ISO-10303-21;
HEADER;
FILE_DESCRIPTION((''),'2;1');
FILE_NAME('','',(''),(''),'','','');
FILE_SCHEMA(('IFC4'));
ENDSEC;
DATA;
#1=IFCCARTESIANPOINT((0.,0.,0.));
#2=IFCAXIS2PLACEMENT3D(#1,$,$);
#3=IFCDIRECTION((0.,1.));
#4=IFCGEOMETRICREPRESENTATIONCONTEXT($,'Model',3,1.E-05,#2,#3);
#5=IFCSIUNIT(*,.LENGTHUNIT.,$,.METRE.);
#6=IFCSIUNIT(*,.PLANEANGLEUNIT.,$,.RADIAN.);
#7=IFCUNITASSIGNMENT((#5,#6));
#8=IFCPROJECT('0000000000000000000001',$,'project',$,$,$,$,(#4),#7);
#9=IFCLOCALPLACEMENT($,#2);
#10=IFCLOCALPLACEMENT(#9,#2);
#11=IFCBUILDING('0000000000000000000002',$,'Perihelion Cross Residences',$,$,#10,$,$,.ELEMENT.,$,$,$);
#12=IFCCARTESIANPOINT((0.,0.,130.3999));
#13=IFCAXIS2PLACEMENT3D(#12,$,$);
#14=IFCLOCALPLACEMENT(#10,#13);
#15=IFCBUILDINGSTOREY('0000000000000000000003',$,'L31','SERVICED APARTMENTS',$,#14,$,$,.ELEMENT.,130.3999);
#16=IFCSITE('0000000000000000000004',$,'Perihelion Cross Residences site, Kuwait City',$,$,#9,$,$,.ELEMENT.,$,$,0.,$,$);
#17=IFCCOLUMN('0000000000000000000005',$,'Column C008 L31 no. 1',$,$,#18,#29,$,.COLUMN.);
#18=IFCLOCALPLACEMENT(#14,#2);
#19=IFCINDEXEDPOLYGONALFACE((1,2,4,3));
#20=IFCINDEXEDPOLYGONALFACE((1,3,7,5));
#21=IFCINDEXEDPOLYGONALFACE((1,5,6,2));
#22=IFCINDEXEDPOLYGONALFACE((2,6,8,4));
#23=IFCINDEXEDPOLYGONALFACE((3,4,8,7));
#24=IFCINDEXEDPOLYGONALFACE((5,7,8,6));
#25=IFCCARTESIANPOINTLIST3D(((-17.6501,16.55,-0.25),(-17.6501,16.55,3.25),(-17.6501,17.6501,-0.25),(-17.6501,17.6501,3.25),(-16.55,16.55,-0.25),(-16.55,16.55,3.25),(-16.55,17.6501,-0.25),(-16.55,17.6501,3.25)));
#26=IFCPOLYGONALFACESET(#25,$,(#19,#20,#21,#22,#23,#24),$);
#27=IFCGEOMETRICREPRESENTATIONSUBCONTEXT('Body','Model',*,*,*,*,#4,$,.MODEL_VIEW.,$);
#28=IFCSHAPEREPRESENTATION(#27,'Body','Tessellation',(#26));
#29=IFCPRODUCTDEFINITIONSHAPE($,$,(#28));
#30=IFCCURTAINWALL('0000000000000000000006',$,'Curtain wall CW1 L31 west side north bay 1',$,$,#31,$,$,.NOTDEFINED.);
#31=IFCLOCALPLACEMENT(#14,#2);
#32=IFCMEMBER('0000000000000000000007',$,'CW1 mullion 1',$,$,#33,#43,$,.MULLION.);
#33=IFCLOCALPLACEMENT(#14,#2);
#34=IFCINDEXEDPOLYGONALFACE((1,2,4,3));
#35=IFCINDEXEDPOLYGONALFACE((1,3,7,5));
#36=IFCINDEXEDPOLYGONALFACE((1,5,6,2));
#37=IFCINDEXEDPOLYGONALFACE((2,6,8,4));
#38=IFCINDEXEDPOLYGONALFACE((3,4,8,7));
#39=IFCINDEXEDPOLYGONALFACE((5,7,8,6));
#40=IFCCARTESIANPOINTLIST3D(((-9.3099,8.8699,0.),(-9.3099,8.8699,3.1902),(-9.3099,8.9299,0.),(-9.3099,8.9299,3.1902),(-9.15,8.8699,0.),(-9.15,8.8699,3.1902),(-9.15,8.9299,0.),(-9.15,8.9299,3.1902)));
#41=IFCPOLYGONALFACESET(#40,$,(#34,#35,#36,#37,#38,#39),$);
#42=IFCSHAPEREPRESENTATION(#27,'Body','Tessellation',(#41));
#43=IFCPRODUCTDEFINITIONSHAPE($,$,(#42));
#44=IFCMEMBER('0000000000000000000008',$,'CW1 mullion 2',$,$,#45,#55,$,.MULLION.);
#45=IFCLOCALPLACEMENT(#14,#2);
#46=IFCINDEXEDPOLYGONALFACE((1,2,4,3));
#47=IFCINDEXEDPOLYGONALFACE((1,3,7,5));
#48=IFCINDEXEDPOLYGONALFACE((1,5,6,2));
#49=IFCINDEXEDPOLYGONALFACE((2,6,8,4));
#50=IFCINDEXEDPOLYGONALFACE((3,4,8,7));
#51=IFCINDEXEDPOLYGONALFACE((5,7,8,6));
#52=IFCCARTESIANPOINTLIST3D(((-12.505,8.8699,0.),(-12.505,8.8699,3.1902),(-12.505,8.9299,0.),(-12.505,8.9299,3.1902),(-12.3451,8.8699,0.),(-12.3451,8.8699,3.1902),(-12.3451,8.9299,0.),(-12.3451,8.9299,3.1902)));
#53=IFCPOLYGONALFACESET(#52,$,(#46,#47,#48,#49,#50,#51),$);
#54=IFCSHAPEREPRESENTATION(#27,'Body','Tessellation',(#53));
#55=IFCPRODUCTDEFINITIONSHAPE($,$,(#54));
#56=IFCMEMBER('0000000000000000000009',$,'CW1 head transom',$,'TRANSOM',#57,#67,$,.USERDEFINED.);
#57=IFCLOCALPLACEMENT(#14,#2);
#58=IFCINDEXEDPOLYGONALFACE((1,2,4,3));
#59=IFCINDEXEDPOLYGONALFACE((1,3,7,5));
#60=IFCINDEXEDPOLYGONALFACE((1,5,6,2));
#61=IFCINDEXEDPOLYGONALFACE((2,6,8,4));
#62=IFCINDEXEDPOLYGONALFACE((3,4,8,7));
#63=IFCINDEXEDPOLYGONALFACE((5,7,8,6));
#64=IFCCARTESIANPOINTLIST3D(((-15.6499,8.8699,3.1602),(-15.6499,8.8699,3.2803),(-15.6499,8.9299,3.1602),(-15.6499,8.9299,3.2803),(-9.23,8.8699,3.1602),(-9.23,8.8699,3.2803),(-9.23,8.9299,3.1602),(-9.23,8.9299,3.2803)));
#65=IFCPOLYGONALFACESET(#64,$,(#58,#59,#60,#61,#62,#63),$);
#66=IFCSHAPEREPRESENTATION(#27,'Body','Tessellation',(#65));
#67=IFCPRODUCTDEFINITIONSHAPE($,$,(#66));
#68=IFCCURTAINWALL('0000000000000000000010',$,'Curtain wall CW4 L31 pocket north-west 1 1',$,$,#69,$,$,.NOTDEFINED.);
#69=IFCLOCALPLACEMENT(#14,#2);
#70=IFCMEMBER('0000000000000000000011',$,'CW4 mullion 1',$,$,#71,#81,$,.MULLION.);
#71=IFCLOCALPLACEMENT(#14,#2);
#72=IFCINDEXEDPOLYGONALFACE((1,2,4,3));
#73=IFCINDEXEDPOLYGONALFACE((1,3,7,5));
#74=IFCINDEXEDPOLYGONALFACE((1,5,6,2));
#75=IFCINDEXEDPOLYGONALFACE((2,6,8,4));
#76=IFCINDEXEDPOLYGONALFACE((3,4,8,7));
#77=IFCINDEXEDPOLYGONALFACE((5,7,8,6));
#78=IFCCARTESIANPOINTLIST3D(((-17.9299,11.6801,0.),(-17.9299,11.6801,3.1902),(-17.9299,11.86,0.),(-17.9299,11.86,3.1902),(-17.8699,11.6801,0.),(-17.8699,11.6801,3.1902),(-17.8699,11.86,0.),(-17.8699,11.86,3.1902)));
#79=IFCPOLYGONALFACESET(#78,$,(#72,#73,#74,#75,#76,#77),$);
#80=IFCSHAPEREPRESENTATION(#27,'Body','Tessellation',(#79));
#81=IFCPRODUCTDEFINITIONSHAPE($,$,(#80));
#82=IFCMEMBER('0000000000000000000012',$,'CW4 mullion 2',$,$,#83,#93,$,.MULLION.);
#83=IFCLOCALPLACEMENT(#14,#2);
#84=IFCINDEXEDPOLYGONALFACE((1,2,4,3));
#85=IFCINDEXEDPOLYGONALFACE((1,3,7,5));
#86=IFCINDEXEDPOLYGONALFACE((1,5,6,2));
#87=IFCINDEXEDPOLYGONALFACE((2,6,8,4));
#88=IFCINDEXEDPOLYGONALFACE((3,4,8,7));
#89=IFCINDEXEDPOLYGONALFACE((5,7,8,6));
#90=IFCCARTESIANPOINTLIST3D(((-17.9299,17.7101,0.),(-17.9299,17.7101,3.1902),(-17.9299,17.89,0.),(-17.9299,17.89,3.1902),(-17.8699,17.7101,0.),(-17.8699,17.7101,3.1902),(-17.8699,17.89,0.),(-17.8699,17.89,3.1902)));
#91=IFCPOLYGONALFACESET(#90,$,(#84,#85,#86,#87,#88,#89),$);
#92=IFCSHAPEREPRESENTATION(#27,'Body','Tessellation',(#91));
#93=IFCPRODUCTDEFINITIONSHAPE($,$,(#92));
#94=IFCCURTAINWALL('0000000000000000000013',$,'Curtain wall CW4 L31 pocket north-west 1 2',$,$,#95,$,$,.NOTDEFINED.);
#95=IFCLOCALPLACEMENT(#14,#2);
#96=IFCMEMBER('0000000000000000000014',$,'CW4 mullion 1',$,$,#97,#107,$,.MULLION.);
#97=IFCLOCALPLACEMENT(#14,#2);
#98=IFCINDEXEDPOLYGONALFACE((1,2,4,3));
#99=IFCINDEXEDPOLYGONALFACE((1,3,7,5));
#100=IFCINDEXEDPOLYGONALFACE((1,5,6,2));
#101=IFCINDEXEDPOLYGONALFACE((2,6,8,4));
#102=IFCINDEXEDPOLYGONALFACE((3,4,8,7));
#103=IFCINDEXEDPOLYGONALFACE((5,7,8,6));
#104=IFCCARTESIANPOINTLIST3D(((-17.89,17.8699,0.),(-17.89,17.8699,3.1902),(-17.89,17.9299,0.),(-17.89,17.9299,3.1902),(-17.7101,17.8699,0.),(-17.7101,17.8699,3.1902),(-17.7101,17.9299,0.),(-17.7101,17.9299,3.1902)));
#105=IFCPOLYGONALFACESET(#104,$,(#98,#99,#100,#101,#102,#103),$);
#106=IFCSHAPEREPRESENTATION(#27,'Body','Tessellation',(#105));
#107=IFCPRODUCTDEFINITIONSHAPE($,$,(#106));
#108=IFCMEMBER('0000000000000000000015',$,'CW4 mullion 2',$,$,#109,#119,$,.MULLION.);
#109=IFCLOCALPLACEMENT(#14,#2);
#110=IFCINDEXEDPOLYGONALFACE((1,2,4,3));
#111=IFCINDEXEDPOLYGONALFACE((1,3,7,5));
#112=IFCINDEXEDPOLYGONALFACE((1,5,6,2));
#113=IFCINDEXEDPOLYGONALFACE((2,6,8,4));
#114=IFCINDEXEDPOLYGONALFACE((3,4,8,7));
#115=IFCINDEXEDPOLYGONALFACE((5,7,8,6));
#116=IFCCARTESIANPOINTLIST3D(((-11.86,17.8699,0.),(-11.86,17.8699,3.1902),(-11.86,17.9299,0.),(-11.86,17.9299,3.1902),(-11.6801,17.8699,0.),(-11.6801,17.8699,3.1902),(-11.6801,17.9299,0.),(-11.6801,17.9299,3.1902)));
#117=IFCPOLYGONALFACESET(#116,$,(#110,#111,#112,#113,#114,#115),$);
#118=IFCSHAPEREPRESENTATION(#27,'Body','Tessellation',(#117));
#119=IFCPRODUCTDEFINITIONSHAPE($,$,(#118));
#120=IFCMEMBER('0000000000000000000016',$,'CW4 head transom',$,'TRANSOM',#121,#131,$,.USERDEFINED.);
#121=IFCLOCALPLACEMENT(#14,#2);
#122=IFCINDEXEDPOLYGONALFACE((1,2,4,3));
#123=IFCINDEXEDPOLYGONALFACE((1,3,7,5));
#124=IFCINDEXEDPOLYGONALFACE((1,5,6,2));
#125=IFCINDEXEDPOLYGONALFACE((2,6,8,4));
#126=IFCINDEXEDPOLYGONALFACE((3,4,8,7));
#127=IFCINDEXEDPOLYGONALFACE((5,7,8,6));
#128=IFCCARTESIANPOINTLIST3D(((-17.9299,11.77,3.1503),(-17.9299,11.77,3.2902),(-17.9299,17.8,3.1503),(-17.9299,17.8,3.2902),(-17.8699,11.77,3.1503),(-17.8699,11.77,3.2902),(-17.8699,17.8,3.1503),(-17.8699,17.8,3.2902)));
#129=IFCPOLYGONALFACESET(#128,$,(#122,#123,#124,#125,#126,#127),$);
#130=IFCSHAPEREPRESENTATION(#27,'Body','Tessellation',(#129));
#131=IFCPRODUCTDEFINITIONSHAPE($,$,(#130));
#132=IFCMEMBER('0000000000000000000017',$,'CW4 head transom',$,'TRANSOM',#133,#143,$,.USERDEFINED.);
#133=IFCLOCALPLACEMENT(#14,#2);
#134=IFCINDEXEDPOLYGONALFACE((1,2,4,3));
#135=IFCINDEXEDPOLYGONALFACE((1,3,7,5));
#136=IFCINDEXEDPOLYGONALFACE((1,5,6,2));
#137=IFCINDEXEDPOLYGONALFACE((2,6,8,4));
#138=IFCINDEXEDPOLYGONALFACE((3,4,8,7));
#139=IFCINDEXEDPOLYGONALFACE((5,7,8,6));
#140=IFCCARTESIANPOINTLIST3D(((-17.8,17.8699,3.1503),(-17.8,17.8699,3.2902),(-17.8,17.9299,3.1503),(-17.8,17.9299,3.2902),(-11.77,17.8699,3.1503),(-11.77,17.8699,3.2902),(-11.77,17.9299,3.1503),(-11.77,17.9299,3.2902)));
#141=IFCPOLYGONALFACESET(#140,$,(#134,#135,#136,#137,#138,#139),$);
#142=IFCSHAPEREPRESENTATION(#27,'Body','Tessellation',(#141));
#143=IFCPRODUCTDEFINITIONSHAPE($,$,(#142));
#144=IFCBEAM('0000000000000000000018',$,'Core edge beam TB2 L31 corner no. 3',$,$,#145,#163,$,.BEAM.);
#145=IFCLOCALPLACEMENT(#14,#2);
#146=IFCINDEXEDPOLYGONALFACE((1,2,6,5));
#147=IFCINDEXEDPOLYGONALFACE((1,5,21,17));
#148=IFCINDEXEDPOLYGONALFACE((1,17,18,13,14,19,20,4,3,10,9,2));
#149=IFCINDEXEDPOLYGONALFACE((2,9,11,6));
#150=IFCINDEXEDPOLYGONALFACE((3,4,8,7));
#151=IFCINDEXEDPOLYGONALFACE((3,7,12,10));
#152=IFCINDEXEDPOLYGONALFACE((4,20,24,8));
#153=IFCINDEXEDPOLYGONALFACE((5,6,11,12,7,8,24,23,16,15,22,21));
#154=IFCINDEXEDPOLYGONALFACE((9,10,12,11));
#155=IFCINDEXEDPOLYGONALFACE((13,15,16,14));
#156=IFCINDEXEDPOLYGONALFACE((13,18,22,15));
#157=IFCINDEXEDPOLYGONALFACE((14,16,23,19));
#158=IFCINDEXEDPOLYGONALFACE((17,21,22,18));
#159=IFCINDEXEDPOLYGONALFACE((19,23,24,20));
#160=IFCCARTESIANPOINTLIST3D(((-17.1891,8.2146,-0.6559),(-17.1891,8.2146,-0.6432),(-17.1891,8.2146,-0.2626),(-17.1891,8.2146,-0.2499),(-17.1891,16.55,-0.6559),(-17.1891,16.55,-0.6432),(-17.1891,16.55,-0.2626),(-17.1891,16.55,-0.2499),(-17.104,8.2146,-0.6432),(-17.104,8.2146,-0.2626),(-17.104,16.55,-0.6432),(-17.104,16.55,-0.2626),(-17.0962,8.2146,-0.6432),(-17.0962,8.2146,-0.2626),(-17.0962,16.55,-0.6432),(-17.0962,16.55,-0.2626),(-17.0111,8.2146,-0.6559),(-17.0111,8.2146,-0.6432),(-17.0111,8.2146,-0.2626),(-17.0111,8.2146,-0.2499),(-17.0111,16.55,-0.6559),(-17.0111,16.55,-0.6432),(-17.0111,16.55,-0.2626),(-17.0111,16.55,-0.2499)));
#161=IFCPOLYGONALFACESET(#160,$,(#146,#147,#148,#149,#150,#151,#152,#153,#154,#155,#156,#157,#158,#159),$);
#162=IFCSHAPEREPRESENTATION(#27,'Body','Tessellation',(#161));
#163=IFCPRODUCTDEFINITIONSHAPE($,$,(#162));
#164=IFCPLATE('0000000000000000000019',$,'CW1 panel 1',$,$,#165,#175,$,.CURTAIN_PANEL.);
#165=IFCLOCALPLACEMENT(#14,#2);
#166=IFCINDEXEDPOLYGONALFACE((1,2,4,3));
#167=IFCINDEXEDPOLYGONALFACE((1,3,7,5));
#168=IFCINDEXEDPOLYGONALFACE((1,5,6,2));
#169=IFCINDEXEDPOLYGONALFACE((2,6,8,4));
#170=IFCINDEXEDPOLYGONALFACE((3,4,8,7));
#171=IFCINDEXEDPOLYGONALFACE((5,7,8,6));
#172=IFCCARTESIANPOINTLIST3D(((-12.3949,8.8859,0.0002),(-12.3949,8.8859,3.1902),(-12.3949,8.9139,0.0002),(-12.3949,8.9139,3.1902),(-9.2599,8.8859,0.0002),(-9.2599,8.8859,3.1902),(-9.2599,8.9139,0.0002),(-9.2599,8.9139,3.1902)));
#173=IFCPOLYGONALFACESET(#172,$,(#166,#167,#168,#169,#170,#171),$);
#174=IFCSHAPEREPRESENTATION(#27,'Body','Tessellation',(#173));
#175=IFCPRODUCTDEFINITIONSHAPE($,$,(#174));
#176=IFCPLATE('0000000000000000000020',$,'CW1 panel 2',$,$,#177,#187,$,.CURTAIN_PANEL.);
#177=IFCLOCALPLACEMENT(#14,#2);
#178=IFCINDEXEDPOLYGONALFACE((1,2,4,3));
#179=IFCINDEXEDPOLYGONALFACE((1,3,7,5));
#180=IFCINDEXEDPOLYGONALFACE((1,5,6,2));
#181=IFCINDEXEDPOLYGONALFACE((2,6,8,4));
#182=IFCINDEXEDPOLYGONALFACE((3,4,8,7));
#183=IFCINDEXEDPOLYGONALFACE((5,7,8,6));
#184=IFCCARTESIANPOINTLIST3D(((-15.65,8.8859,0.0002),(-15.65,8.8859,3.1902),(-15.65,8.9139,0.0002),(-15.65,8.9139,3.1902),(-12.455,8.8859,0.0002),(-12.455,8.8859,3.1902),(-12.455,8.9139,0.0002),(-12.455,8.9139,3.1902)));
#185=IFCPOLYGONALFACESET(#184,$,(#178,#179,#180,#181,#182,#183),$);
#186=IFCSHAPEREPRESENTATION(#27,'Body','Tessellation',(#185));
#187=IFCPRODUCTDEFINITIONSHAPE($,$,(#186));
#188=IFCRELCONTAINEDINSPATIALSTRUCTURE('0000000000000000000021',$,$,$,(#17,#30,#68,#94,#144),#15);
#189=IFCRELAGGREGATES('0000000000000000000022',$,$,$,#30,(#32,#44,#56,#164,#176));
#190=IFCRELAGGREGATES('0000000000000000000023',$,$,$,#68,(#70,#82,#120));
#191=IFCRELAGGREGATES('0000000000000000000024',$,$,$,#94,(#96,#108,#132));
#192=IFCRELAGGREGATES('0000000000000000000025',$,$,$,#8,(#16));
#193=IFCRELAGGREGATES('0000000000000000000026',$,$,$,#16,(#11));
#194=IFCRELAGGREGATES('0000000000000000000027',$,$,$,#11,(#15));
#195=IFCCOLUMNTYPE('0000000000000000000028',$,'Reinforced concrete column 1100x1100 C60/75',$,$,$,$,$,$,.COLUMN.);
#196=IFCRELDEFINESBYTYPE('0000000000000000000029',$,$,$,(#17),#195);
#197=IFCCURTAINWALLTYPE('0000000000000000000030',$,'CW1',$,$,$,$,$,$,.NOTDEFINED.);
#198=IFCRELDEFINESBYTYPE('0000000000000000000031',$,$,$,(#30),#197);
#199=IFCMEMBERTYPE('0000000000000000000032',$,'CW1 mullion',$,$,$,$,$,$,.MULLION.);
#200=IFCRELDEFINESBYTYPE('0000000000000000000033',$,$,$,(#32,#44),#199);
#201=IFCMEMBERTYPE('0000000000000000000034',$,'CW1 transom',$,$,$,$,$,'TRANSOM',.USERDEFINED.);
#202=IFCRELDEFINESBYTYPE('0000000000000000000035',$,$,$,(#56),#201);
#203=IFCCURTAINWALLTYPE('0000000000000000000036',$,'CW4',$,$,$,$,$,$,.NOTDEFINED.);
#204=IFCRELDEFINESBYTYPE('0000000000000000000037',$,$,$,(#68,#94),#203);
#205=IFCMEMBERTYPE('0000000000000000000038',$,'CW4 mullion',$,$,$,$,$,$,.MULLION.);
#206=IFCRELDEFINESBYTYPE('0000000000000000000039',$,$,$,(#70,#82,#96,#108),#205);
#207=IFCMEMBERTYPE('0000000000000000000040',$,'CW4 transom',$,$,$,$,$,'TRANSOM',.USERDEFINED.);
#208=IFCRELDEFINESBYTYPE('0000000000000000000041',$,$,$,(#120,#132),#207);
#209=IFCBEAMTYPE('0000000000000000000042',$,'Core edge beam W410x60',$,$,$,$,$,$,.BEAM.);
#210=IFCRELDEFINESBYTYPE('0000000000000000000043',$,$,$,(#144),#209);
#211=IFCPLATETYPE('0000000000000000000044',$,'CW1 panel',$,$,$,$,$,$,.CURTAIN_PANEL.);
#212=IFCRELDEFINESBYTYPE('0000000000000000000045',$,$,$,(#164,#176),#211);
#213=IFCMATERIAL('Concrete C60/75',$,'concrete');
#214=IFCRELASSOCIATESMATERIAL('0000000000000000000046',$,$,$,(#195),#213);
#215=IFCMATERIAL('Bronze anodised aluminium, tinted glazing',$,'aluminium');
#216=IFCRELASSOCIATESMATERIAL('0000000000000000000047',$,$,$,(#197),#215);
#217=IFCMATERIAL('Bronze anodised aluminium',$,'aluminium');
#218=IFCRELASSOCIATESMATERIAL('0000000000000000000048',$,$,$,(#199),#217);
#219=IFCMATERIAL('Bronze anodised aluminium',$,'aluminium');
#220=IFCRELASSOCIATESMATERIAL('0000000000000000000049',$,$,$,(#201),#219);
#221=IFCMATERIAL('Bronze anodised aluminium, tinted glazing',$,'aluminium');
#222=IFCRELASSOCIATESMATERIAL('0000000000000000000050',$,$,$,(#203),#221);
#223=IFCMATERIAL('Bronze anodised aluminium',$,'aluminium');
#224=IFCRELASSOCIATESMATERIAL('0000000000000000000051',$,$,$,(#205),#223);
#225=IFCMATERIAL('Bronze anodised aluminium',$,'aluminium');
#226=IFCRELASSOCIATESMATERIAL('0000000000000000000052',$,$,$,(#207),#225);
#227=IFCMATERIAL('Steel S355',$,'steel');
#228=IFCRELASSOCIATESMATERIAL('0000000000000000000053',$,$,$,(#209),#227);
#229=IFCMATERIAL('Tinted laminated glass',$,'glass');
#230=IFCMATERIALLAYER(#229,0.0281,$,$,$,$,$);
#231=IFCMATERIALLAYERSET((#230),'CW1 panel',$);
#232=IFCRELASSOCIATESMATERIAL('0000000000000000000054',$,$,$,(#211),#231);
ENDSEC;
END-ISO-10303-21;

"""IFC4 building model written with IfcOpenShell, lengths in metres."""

from ifc_helpers import new_model, si_unit, direction, frame, origin, origin_2d, place, context, subcontext, project, spatial, rectangle, i_section, extrude, material, layer, layer_set, material_profile, profile_set, type_object, element, aggregate, save


model = new_model("IFC4")

# Units and contexts
model_context = context("Model", 3, precision=1e-05, world=origin(), true_north=direction((0.0, 1.0)))
body_context = subcontext(model_context, "Body", "Model", "MODEL_VIEW")
ifc_project = project(units=[si_unit("LENGTHUNIT", "METRE"), si_unit("PLANEANGLEUNIT", "RADIAN")], contexts=[model_context])

# Site, building, storey
site_placement = place(None, origin())
site = spatial("IfcSite", under=ifc_project, at=site_placement, Name="Perihelion Cross Residences site, Kuwait City", CompositionType="ELEMENT", RefElevation=0.0)
building_placement = place(site_placement, origin())
building = spatial("IfcBuilding", under=site, at=building_placement, Name="Perihelion Cross Residences", CompositionType="ELEMENT")
storey_placement = place(building_placement, frame((0.0, 0.0, 130.3999)))
storey = spatial("IfcBuildingStorey", under=building, at=storey_placement, Name="L31", Description="SERVICED APARTMENTS", CompositionType="ELEMENT", Elevation=130.3999)

# Column
ifc_material_1 = material(Name="Concrete C60/75", Category="concrete")
ifc_material_profile_1 = material_profile(ifc_material_1, rectangle(XDim=1.1001, YDim=1.1001, at=origin_2d()), Name="RC 1100x1100")
ifc_profile_set_1 = profile_set([ifc_material_profile_1], Name="Concrete C60/75")
column_type = type_object("IfcColumnType", Name="Reinforced concrete column 1100x1100 C60/75", PredefinedType="COLUMN", material=ifc_profile_set_1)
column_placement = place(storey_placement, frame((-17.1001, 17.1001, -0.25), z_axis=(0.0, 0.0, 1.0), x_axis=(1.0, 0.0, 0.0)))
element("IfcColumn", 1, at=column_placement, inside=storey, type_object=column_type, Name="Column C008 L31 no. 1", PredefinedType="COLUMN", context=body_context, shape_type="SweptSolid", body=[
    extrude(rectangle(XDim=1.1001, YDim=1.1001, at=origin_2d()), origin(), (0.0, 0.0, 1.0), 3.5),
])

# Curtain walls, members
ifc_material_2 = material(Name="Bronze anodised aluminium, tinted glazing", Category="aluminium")
curtain_wall_type_1 = type_object("IfcCurtainWallType", Name="CW1", PredefinedType="NOTDEFINED", material=ifc_material_2)
curtain_wall_1_placement = place(storey_placement, origin())
curtain_wall_1 = element("IfcCurtainWall", 2, at=curtain_wall_1_placement, inside=storey, type_object=curtain_wall_type_1, Name="Curtain wall CW1 L31 west side north bay 1", PredefinedType="NOTDEFINED")
ifc_material_3 = material(Name="Bronze anodised aluminium", Category="aluminium")
ifc_material_profile_2 = material_profile(ifc_material_3, rectangle(XDim=0.0601, YDim=0.1599, at=origin_2d()), Name="CW1 mullion")
ifc_profile_set_2 = profile_set([ifc_material_profile_2], Name="Bronze anodised aluminium")
member_type_1 = type_object("IfcMemberType", Name="CW1 mullion", PredefinedType="MULLION", material=ifc_profile_set_2)
member_1_placement = place(storey_placement, frame((-9.23, 8.8999, 0.0), z_axis=(0.0, 0.0, 1.0), x_axis=(0.0, -1.0, 0.0)))
member_1 = element("IfcMember", 3, at=member_1_placement, type_object=member_type_1, Name="CW1 mullion 1", PredefinedType="MULLION", context=body_context, shape_type="SweptSolid", body=[
    extrude(rectangle(XDim=0.0601, YDim=0.1599, at=origin_2d()), origin(), (0.0, 0.0, 1.0), 3.1902),
])
member_2_placement = place(storey_placement, frame((-12.425, 8.8999, 0.0), z_axis=(0.0, 0.0, 1.0), x_axis=(0.0, -1.0, 0.0)))
member_2 = element("IfcMember", 4, at=member_2_placement, type_object=member_type_1, Name="CW1 mullion 2", PredefinedType="MULLION", context=body_context, shape_type="SweptSolid", body=[
    extrude(rectangle(XDim=0.0601, YDim=0.1599, at=origin_2d()), origin(), (0.0, 0.0, 1.0), 3.1902),
])
ifc_material_4 = material(Name="Bronze anodised aluminium", Category="aluminium")
ifc_material_profile_3 = material_profile(ifc_material_4, rectangle(XDim=0.0601, YDim=0.1201, at=origin_2d()), Name="CW1 transom")
ifc_profile_set_3 = profile_set([ifc_material_profile_3], Name="Bronze anodised aluminium")
member_type_2 = type_object("IfcMemberType", Name="CW1 transom", ElementType="TRANSOM", PredefinedType="USERDEFINED", material=ifc_profile_set_3)
member_3_placement = place(storey_placement, frame((-9.23, 8.8999, 3.2202), z_axis=(-1.0, 0.0, 0.0), x_axis=(0.0, -1.0, 0.0)))
member_3 = element("IfcMember", 5, at=member_3_placement, type_object=member_type_2, Name="CW1 head transom", ObjectType="TRANSOM", PredefinedType="USERDEFINED", context=body_context, shape_type="SweptSolid", body=[
    extrude(rectangle(XDim=0.0601, YDim=0.1201, at=origin_2d()), origin(), (0.0, 0.0, 1.0), 6.4199),
])
ifc_material_5 = material(Name="Bronze anodised aluminium, tinted glazing", Category="aluminium")
curtain_wall_type_2 = type_object("IfcCurtainWallType", Name="CW4", PredefinedType="NOTDEFINED", material=ifc_material_5)
curtain_wall_2_placement = place(storey_placement, origin())
curtain_wall_2 = element("IfcCurtainWall", 6, at=curtain_wall_2_placement, inside=storey, type_object=curtain_wall_type_2, Name="Curtain wall CW4 L31 pocket north-west 1 1", PredefinedType="NOTDEFINED")
ifc_material_6 = material(Name="Bronze anodised aluminium", Category="aluminium")
ifc_material_profile_4 = material_profile(ifc_material_6, rectangle(XDim=0.0601, YDim=0.1799, at=origin_2d()), Name="CW4 mullion")
ifc_profile_set_4 = profile_set([ifc_material_profile_4], Name="Bronze anodised aluminium")
member_type_3 = type_object("IfcMemberType", Name="CW4 mullion", PredefinedType="MULLION", material=ifc_profile_set_4)
member_4_placement = place(storey_placement, frame((-17.8999, 11.77, 0.0), z_axis=(0.0, 0.0, 1.0), x_axis=(-1.0, 0.0, 0.0)))
member_4 = element("IfcMember", 7, at=member_4_placement, type_object=member_type_3, Name="CW4 mullion 1", PredefinedType="MULLION", context=body_context, shape_type="SweptSolid", body=[
    extrude(rectangle(XDim=0.0601, YDim=0.1799, at=origin_2d()), origin(), (0.0, 0.0, 1.0), 3.1902),
])
member_5_placement = place(storey_placement, frame((-17.8999, 17.8, 0.0), z_axis=(0.0, 0.0, 1.0), x_axis=(-1.0, 0.0, 0.0)))
member_5 = element("IfcMember", 8, at=member_5_placement, type_object=member_type_3, Name="CW4 mullion 2", PredefinedType="MULLION", context=body_context, shape_type="SweptSolid", body=[
    extrude(rectangle(XDim=0.0601, YDim=0.1799, at=origin_2d()), origin(), (0.0, 0.0, 1.0), 3.1902),
])
curtain_wall_3_placement = place(storey_placement, origin())
curtain_wall_3 = element("IfcCurtainWall", 9, at=curtain_wall_3_placement, inside=storey, type_object=curtain_wall_type_2, Name="Curtain wall CW4 L31 pocket north-west 1 2", PredefinedType="NOTDEFINED")
member_6_placement = place(storey_placement, frame((-17.8, 17.8999, 0.0), z_axis=(0.0, 0.0, 1.0), x_axis=(0.0, 1.0, 0.0)))
member_6 = element("IfcMember", 10, at=member_6_placement, type_object=member_type_3, Name="CW4 mullion 1", PredefinedType="MULLION", context=body_context, shape_type="SweptSolid", body=[
    extrude(rectangle(XDim=0.0601, YDim=0.1799, at=origin_2d()), origin(), (0.0, 0.0, 1.0), 3.1902),
])
member_7_placement = place(storey_placement, frame((-11.77, 17.8999, 0.0), z_axis=(0.0, 0.0, 1.0), x_axis=(0.0, 1.0, 0.0)))
member_7 = element("IfcMember", 11, at=member_7_placement, type_object=member_type_3, Name="CW4 mullion 2", PredefinedType="MULLION", context=body_context, shape_type="SweptSolid", body=[
    extrude(rectangle(XDim=0.0601, YDim=0.1799, at=origin_2d()), origin(), (0.0, 0.0, 1.0), 3.1902),
])

# Members
ifc_material_7 = material(Name="Bronze anodised aluminium", Category="aluminium")
ifc_material_profile_5 = material_profile(ifc_material_7, rectangle(XDim=0.0601, YDim=0.1399, at=origin_2d()), Name="CW4 transom")
ifc_profile_set_5 = profile_set([ifc_material_profile_5], Name="Bronze anodised aluminium")
member_type_4 = type_object("IfcMemberType", Name="CW4 transom", ElementType="TRANSOM", PredefinedType="USERDEFINED", material=ifc_profile_set_5)
member_8_placement = place(storey_placement, frame((-17.8999, 11.77, 3.2202), z_axis=(0.0, 1.0, 0.0), x_axis=(-1.0, 0.0, 0.0)))
member_8 = element("IfcMember", 12, at=member_8_placement, type_object=member_type_4, Name="CW4 head transom", ObjectType="TRANSOM", PredefinedType="USERDEFINED", context=body_context, shape_type="SweptSolid", body=[
    extrude(rectangle(XDim=0.0601, YDim=0.1399, at=origin_2d()), origin(), (0.0, 0.0, 1.0), 6.03),
])
member_9_placement = place(storey_placement, frame((-17.8, 17.8999, 3.2202), z_axis=(1.0, 0.0, 0.0), x_axis=(0.0, 1.0, 0.0)))
member_9 = element("IfcMember", 13, at=member_9_placement, type_object=member_type_4, Name="CW4 head transom", ObjectType="TRANSOM", PredefinedType="USERDEFINED", context=body_context, shape_type="SweptSolid", body=[
    extrude(rectangle(XDim=0.0601, YDim=0.1399, at=origin_2d()), origin(), (0.0, 0.0, 1.0), 6.03),
])

# Beam
ifc_material_8 = material(Name="Steel S355", Category="steel")
ifc_material_profile_6 = material_profile(ifc_material_8, i_section(OverallWidth=0.178, OverallDepth=0.406, WebThickness=0.0078, FlangeThickness=0.0127, at=origin_2d()), Name="W410x60")
ifc_profile_set_6 = profile_set([ifc_material_profile_6], Name="Steel S355")
beam_type = type_object("IfcBeamType", Name="Core edge beam W410x60", PredefinedType="BEAM", material=ifc_profile_set_6)
beam_placement = place(storey_placement, frame((-17.1001, 8.2146, -0.4529), z_axis=(0.0, 1.0, 0.0), x_axis=(-1.0, 0.0, 0.0)))
element("IfcBeam", 14, at=beam_placement, inside=storey, type_object=beam_type, Name="Core edge beam TB2 L31 corner no. 3", PredefinedType="BEAM", context=body_context, shape_type="SweptSolid", body=[
    extrude(i_section(OverallWidth=0.178, OverallDepth=0.406, WebThickness=0.0078, FlangeThickness=0.0127, at=origin_2d()), origin(), (0.0, 0.0, 1.0), 8.3354),
])

# Plates
ifc_material_9 = material(Name="Tinted laminated glass", Category="glass")
ifc_layer_1 = layer(ifc_material_9, 0.0281)
ifc_layer_set_1 = layer_set([ifc_layer_1], Name="CW1 panel")
plate_type_1 = type_object("IfcPlateType", Name="CW1 panel", PredefinedType="CURTAIN_PANEL", material=ifc_layer_set_1)
plate_1_placement = place(storey_placement, frame((-10.8274, 8.8999, 0.0002), z_axis=(0.0, 0.0, 1.0), x_axis=(-1.0, 0.0, 0.0)))
plate_1 = element("IfcPlate", 15, at=plate_1_placement, type_object=plate_type_1, Name="CW1 panel 1", PredefinedType="CURTAIN_PANEL", context=body_context, shape_type="SweptSolid", body=[
    extrude(rectangle(XDim=3.135, YDim=0.0281, at=origin_2d()), origin(), (0.0, 0.0, 1.0), 3.1899),
])
plate_2_placement = place(storey_placement, frame((-14.0525, 8.8999, 0.0002), z_axis=(0.0, 0.0, 1.0), x_axis=(-1.0, 0.0, 0.0)))
plate_2 = element("IfcPlate", 16, at=plate_2_placement, type_object=plate_type_1, Name="CW1 panel 2", PredefinedType="CURTAIN_PANEL", context=body_context, shape_type="SweptSolid", body=[
    extrude(rectangle(XDim=3.1951, YDim=0.0281, at=origin_2d()), origin(), (0.0, 0.0, 1.0), 3.1899),
])
aggregate(curtain_wall_1, [member_1, member_2, member_3, plate_1, plate_2])
aggregate(curtain_wall_2, [member_4, member_5, member_8])
aggregate(curtain_wall_3, [member_6, member_7, member_9])

save(model, "model.ifc")
